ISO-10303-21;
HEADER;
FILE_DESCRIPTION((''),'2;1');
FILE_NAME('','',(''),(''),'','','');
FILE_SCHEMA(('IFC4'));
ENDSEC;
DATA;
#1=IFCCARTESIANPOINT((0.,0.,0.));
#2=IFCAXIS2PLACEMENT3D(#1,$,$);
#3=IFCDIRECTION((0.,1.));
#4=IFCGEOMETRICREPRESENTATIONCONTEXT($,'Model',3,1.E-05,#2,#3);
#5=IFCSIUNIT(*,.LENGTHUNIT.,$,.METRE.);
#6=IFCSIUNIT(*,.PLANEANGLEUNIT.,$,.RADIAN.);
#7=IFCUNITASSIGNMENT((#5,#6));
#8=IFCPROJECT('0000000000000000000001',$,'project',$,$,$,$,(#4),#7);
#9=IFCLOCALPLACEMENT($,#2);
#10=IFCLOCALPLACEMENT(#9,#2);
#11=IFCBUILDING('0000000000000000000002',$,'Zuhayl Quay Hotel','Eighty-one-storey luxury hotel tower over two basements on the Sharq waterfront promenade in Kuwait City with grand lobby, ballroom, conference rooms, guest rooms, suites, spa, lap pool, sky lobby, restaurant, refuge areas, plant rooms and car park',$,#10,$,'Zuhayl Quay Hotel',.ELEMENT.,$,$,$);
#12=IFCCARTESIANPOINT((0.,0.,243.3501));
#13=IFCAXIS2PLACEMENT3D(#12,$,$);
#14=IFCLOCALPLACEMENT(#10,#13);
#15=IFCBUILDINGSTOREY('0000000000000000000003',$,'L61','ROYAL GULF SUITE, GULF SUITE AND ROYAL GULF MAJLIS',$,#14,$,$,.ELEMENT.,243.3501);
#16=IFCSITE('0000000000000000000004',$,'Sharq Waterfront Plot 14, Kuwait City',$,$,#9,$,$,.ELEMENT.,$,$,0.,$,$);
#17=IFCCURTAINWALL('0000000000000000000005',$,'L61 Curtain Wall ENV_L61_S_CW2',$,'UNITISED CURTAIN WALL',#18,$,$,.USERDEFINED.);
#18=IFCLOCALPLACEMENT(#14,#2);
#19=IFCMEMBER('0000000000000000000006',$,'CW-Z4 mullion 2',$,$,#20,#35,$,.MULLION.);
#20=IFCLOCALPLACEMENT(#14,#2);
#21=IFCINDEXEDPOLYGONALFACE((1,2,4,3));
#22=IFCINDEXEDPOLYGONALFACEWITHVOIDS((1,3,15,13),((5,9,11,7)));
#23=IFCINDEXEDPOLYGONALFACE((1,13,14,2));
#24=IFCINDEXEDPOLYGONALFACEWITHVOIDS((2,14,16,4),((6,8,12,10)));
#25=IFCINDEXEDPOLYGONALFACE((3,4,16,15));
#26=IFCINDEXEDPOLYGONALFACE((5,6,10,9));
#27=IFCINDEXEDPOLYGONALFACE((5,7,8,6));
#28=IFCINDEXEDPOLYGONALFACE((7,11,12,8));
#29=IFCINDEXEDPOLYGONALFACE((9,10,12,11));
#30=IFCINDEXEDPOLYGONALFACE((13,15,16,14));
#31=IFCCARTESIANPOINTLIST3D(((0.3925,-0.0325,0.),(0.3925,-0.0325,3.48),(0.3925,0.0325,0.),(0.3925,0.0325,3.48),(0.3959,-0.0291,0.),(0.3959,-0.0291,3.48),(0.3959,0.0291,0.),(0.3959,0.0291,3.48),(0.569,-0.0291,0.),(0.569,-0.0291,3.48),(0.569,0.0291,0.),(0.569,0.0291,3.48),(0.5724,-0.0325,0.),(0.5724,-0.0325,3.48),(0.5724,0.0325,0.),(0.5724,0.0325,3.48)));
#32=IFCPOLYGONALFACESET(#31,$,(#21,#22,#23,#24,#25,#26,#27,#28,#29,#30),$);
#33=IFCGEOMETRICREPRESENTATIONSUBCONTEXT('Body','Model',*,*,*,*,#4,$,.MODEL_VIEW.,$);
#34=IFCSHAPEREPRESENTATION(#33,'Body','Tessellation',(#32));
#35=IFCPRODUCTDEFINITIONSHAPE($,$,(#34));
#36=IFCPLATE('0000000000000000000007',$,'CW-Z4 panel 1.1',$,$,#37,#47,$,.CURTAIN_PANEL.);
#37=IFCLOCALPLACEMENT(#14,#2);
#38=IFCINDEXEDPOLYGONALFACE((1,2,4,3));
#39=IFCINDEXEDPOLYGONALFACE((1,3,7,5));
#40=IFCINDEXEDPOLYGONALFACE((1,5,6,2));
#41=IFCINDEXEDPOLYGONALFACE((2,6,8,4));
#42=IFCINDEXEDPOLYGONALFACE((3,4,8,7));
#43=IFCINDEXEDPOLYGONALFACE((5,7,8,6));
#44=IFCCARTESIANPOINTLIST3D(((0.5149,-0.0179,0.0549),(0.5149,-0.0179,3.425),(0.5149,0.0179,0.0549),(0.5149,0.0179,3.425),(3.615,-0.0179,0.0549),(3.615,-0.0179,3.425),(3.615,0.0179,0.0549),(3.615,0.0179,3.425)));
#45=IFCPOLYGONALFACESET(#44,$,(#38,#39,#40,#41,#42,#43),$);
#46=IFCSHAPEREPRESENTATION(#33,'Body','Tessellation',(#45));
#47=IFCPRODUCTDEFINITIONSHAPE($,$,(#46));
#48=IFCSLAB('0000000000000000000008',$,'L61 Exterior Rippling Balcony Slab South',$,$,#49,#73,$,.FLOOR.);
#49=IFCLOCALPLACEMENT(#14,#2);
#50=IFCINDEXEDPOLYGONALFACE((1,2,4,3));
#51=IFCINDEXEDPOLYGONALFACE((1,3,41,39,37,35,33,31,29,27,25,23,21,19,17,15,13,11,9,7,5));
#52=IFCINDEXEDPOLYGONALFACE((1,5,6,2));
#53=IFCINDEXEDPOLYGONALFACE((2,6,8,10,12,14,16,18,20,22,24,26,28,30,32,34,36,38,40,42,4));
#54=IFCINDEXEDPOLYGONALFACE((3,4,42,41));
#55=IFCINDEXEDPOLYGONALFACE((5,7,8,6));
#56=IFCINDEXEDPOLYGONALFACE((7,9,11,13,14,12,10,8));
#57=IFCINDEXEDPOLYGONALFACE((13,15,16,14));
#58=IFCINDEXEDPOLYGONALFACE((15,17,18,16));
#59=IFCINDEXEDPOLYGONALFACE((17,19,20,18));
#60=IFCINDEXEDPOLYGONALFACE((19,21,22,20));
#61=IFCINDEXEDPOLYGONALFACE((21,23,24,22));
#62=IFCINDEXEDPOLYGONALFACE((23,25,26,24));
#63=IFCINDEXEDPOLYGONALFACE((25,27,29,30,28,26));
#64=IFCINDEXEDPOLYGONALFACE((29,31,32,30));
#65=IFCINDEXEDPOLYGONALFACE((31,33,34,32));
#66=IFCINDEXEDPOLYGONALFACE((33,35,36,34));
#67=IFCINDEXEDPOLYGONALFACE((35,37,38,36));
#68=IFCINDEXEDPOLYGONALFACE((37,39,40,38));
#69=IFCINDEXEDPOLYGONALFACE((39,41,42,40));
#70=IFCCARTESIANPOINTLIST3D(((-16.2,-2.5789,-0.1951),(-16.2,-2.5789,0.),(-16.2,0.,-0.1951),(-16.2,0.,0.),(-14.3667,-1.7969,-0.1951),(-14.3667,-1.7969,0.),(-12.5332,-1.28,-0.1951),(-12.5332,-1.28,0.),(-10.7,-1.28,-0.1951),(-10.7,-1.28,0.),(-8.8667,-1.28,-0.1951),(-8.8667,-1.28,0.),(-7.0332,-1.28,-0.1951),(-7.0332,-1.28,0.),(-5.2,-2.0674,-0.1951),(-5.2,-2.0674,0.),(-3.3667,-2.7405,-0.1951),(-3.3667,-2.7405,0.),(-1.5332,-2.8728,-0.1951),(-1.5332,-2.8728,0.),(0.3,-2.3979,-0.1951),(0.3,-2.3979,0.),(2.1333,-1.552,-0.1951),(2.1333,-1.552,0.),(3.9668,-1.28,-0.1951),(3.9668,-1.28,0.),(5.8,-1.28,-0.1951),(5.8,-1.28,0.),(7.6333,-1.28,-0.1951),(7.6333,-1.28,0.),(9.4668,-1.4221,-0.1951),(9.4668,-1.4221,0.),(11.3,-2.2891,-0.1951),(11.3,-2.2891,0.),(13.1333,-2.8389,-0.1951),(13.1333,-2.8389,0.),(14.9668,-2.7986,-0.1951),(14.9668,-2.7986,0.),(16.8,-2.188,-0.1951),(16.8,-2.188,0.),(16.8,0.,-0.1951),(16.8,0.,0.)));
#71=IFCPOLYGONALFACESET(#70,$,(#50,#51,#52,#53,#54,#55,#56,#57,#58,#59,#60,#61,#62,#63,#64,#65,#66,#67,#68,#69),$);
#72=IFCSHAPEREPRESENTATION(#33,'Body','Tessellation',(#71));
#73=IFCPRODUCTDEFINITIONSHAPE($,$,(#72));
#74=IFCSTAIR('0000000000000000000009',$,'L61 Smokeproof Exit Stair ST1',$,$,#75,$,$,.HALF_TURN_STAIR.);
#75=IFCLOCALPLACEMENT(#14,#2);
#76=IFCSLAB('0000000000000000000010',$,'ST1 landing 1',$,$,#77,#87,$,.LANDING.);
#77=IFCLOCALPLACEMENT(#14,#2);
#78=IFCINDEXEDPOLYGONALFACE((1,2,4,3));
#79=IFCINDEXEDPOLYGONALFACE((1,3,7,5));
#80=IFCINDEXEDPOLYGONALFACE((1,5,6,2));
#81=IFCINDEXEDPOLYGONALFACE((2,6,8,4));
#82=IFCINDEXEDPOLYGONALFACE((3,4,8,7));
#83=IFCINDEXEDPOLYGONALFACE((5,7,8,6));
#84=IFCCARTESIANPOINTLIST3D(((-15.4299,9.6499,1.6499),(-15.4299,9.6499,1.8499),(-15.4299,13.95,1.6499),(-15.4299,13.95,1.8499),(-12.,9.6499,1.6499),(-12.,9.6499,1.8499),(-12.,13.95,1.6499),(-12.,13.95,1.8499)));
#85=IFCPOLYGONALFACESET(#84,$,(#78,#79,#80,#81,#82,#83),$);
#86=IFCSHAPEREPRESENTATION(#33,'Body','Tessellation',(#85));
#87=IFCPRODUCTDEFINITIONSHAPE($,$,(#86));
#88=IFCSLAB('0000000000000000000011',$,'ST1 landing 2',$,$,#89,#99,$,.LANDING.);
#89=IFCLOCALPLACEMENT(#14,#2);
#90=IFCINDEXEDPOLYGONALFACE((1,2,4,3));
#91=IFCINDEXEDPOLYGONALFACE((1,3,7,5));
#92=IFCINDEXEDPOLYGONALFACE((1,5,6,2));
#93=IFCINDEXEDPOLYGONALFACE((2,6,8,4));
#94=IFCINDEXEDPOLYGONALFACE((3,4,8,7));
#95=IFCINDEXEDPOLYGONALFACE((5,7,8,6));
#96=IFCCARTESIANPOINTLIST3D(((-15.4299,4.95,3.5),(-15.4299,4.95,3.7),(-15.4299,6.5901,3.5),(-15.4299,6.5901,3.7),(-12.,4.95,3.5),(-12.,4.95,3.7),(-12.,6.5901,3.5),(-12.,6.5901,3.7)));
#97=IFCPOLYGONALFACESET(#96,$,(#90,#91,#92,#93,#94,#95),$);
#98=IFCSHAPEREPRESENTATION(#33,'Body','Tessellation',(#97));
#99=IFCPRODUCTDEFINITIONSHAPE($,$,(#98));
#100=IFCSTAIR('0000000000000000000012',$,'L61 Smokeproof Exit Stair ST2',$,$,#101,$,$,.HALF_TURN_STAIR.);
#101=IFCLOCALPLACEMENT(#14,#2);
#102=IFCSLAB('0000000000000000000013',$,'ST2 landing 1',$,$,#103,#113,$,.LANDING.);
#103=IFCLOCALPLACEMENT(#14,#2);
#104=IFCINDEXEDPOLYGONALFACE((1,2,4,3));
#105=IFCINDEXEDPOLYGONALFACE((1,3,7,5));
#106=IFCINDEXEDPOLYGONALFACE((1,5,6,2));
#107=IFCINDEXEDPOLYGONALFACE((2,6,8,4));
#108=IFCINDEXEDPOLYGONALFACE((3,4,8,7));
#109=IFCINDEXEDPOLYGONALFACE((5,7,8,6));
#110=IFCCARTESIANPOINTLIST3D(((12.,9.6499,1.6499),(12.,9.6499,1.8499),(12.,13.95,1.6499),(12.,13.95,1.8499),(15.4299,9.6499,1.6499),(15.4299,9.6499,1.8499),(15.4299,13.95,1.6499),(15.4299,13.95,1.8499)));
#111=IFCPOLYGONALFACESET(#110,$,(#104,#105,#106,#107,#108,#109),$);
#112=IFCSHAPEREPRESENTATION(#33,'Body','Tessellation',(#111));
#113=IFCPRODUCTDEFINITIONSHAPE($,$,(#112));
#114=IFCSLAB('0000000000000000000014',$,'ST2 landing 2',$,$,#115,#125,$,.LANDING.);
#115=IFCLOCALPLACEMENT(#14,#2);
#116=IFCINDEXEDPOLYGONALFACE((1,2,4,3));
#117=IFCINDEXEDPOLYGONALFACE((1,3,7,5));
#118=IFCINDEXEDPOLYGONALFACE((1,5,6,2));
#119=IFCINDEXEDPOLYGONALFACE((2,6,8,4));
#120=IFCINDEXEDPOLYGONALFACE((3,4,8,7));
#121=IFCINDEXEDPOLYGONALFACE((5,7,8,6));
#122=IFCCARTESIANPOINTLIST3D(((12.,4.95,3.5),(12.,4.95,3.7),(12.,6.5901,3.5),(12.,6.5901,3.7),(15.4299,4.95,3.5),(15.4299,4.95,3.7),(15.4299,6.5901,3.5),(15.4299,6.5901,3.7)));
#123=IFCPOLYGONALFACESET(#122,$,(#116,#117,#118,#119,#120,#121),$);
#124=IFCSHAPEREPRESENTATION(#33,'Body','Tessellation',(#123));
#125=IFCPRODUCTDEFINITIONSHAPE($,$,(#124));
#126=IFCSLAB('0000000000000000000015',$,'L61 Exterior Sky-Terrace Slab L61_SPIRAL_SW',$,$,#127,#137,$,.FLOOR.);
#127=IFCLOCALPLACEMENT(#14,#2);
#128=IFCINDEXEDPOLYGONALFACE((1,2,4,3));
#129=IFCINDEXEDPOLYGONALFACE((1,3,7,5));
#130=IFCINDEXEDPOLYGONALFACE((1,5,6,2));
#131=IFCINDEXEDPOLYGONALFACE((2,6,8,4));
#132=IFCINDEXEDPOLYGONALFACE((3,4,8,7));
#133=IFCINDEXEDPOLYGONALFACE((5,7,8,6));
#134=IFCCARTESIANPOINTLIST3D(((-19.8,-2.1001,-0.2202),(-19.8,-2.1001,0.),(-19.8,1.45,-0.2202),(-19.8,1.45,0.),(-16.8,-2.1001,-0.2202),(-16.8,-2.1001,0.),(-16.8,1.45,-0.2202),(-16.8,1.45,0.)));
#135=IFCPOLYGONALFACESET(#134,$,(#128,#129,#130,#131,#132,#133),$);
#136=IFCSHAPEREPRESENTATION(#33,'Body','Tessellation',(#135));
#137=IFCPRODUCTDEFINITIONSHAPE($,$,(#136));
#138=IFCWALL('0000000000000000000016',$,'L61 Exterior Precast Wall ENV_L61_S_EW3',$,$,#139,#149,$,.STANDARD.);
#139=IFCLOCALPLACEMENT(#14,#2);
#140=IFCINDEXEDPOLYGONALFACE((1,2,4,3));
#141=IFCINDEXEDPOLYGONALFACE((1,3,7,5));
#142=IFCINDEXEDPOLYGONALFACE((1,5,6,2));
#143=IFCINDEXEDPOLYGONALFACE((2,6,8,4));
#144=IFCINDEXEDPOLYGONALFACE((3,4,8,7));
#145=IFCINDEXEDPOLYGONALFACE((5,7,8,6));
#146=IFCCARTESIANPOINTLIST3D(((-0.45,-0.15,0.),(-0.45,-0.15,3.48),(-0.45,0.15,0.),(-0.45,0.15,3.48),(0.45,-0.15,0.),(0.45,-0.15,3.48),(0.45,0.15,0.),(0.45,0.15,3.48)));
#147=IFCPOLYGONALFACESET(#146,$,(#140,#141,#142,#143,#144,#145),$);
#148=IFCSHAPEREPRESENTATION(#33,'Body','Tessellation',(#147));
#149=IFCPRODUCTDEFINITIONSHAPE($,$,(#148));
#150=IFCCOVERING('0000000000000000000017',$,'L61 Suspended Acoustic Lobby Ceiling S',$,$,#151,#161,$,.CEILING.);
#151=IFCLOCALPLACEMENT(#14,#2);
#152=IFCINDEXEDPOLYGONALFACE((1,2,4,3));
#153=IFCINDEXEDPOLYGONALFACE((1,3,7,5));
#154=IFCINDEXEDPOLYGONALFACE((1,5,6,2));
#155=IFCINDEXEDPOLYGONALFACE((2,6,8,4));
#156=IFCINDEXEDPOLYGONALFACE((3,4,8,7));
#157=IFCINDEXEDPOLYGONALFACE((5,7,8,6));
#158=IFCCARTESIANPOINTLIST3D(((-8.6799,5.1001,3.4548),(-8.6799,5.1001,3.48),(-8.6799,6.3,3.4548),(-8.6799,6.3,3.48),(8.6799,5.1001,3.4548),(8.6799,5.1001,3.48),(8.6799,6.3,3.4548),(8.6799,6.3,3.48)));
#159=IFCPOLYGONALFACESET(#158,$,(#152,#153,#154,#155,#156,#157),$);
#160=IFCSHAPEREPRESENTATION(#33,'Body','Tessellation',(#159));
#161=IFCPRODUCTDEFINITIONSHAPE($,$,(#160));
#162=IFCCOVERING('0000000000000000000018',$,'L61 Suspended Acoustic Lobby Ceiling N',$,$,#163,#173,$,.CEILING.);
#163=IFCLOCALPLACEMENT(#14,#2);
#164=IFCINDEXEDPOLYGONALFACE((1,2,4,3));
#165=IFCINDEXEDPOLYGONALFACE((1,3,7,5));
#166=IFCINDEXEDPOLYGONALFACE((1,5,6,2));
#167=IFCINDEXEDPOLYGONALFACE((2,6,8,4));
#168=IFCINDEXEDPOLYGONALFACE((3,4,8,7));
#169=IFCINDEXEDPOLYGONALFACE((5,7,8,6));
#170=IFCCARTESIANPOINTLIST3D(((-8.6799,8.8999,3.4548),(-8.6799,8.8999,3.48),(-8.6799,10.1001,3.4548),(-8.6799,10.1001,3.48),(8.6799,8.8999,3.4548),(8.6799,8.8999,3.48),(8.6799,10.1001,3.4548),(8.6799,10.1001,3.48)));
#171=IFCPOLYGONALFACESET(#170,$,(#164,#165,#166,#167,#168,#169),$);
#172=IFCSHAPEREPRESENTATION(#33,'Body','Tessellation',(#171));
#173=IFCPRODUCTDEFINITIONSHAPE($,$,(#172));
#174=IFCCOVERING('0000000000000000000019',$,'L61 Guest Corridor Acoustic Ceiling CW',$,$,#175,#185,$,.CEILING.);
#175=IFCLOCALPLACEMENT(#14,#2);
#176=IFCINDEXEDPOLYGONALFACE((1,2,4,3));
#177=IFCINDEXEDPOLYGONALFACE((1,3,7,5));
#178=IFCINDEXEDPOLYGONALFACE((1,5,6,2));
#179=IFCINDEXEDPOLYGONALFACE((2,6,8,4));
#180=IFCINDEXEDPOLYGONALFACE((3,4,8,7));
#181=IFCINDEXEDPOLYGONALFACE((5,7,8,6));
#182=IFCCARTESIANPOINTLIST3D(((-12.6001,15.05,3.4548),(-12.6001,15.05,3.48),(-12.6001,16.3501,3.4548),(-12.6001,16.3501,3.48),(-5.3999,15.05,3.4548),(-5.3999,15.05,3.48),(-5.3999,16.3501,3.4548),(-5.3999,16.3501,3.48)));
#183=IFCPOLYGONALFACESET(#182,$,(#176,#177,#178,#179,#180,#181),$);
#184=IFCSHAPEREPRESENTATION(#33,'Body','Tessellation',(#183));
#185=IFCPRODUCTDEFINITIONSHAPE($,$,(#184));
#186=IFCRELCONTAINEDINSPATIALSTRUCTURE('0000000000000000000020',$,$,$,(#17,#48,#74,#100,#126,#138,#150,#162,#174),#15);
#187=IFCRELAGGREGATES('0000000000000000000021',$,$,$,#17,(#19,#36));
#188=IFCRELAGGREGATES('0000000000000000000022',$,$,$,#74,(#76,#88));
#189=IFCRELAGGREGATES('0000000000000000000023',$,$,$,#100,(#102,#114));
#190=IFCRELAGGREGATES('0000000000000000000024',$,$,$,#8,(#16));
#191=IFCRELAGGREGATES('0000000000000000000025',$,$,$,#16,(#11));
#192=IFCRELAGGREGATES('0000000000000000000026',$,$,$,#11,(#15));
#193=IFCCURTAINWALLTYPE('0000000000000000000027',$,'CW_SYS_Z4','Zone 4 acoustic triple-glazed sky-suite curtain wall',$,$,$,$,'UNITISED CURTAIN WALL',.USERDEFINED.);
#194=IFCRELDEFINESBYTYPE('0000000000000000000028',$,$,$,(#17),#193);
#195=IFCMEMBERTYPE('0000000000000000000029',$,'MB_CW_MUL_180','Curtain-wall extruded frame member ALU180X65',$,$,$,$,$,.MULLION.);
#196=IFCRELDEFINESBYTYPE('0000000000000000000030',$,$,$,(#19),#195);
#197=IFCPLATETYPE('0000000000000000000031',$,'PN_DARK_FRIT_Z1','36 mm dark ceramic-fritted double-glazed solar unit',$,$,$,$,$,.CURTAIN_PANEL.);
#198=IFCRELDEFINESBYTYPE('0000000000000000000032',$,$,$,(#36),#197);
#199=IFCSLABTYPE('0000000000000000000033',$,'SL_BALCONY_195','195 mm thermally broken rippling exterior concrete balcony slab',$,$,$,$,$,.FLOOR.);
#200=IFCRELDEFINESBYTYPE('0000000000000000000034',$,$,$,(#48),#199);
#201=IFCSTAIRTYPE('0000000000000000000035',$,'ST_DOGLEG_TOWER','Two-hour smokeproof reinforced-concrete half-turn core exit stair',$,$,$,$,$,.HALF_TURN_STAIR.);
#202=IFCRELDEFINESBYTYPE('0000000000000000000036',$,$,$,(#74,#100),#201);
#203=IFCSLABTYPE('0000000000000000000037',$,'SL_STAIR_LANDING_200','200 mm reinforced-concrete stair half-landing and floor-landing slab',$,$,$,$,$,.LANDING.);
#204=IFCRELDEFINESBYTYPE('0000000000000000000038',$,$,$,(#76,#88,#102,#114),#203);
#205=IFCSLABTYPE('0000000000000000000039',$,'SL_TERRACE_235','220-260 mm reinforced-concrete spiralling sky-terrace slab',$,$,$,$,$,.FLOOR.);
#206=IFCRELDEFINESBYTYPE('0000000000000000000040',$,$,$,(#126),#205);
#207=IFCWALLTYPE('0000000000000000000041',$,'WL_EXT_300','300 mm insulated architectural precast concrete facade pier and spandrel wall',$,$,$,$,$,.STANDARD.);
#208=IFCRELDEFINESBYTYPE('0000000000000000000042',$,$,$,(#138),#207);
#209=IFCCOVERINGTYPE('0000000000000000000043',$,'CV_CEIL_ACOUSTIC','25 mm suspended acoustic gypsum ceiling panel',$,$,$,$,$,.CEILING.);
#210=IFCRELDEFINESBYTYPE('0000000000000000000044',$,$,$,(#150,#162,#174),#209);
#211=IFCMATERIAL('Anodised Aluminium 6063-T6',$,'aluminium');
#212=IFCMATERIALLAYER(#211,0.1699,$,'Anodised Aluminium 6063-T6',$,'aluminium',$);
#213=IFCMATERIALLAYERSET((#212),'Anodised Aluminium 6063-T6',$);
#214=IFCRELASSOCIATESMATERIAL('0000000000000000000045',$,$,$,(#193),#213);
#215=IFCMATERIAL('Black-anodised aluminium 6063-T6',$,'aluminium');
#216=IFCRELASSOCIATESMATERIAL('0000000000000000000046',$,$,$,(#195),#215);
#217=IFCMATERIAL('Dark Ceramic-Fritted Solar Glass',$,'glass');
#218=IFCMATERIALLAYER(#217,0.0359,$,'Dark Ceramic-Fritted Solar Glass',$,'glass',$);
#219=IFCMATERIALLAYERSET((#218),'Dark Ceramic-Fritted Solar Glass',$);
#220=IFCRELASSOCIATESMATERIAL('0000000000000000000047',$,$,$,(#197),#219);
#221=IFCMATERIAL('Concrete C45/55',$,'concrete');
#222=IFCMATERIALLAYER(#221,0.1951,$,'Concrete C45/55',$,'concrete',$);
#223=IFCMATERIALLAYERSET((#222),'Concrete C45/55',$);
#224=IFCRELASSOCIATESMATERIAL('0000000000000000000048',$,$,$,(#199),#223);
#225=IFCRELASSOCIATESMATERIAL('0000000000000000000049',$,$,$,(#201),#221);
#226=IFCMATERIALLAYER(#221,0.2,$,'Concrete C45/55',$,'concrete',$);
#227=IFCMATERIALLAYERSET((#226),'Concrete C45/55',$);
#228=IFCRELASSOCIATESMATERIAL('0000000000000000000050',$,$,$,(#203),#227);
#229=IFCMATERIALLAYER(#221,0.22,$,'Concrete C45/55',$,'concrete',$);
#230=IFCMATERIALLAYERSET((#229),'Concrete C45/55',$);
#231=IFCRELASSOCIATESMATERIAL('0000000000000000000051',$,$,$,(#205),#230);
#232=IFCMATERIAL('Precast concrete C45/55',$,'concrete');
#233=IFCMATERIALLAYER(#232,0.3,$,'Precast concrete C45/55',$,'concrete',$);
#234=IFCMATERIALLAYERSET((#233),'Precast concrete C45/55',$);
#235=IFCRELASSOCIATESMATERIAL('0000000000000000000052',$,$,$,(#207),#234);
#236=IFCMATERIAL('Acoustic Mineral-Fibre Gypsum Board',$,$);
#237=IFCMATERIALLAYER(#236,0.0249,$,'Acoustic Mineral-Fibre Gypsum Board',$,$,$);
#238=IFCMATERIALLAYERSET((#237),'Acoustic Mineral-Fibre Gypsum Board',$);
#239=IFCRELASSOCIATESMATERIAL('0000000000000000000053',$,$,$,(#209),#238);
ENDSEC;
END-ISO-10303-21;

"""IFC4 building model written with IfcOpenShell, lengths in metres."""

from ifc_helpers import new_model, si_unit, direction, frame, frame_2d, origin, origin_2d, place, context, subcontext, project, spatial, polyline, rectangle, hollow_rectangle, outline, extrude, material, layer, layer_set, material_profile, profile_set, type_object, element, aggregate, save


model = new_model("IFC4")

# Units and contexts
model_context = context("Model", 3, precision=1e-05, world=origin(), true_north=direction((0.0, 1.0)))
body_context = subcontext(model_context, "Body", "Model", "MODEL_VIEW")
ifc_project = project(units=[si_unit("LENGTHUNIT", "METRE"), si_unit("PLANEANGLEUNIT", "RADIAN")], contexts=[model_context])

# Site, building, storey
site_placement = place(None, origin())
site = spatial("IfcSite", under=ifc_project, at=site_placement, Name="Sharq Waterfront Plot 14, Kuwait City", CompositionType="ELEMENT", RefElevation=0.0)
building_placement = place(site_placement, origin())
building = spatial("IfcBuilding", under=site, at=building_placement, Name="Zuhayl Quay Hotel", Description="Eighty-one-storey luxury hotel tower over two basements on the Sharq waterfront promenade in Kuwait City with grand lobby, ballroom, conference rooms, guest rooms, suites, spa, lap pool, sky lobby, restaurant, refuge areas, plant rooms and car park", LongName="Zuhayl Quay Hotel", CompositionType="ELEMENT")
storey_placement = place(building_placement, frame((0.0, 0.0, 243.3501)))
storey = spatial("IfcBuildingStorey", under=building, at=storey_placement, Name="L61", Description="ROYAL GULF SUITE, GULF SUITE AND ROYAL GULF MAJLIS", CompositionType="ELEMENT", Elevation=243.3501)

# Curtain wall, member, plate
ifc_material_1 = material(Name="Anodised Aluminium 6063-T6", Category="aluminium")
ifc_layer_1 = layer(ifc_material_1, 0.1699, Name="Anodised Aluminium 6063-T6", Category="aluminium")
ifc_layer_set_1 = layer_set([ifc_layer_1], Name="Anodised Aluminium 6063-T6")
curtain_wall_type = type_object("IfcCurtainWallType", Name="CW_SYS_Z4", Description="Zone 4 acoustic triple-glazed sky-suite curtain wall", ElementType="UNITISED CURTAIN WALL", PredefinedType="USERDEFINED", material=ifc_layer_set_1)
curtain_wall_placement = place(storey_placement, origin())
curtain_wall = element("IfcCurtainWall", 1, at=curtain_wall_placement, inside=storey, type_object=curtain_wall_type, Name="L61 Curtain Wall ENV_L61_S_CW2", ObjectType="UNITISED CURTAIN WALL", PredefinedType="USERDEFINED")
ifc_material_2 = material(Name="Black-anodised aluminium 6063-T6", Category="aluminium")
ifc_material_profile = material_profile(ifc_material_2, hollow_rectangle(XDim=0.0649, YDim=0.1799, WallThickness=0.0034, at=origin_2d()), Name="ALU180X65")
ifc_profile_set = profile_set([ifc_material_profile], Name="Black-anodised aluminium 6063-T6")
member_type = type_object("IfcMemberType", Name="MB_CW_MUL_180", Description="Curtain-wall extruded frame member ALU180X65", PredefinedType="MULLION", material=ifc_profile_set)
member_placement = place(storey_placement, frame((0.4824, 0.0, 0.0), z_axis=(0.0, 0.0, 1.0), x_axis=(0.0, -1.0, 0.0)))
member = element("IfcMember", 2, at=member_placement, type_object=member_type, Name="CW-Z4 mullion 2", PredefinedType="MULLION", context=body_context, shape_type="SweptSolid", body=[
    extrude(hollow_rectangle(XDim=0.0649, YDim=0.1799, WallThickness=0.0034, at=origin_2d()), origin(), (0.0, 0.0, 1.0), 3.48),
])
ifc_material_3 = material(Name="Dark Ceramic-Fritted Solar Glass", Category="glass")
ifc_layer_2 = layer(ifc_material_3, 0.0359, Name="Dark Ceramic-Fritted Solar Glass", Category="glass")
ifc_layer_set_2 = layer_set([ifc_layer_2], Name="Dark Ceramic-Fritted Solar Glass")
plate_type = type_object("IfcPlateType", Name="PN_DARK_FRIT_Z1", Description="36 mm dark ceramic-fritted double-glazed solar unit", PredefinedType="CURTAIN_PANEL", material=ifc_layer_set_2)
plate_placement = place(storey_placement, frame((2.0649, 0.0, 0.0549), z_axis=(0.0, 0.0, 1.0), x_axis=(-1.0, 0.0, 0.0)))
plate = element("IfcPlate", 3, at=plate_placement, type_object=plate_type, Name="CW-Z4 panel 1.1", PredefinedType="CURTAIN_PANEL", context=body_context, shape_type="SweptSolid", body=[
    extrude(rectangle(XDim=3.1001, YDim=0.0359, at=origin_2d()), origin(), (0.0, 0.0, 1.0), 3.3701),
])
aggregate(curtain_wall, [member, plate])

# Slab
ifc_material_4 = material(Name="Concrete C45/55", Category="concrete")
ifc_layer_3 = layer(ifc_material_4, 0.1951, Name="Concrete C45/55", Category="concrete")
ifc_layer_set_3 = layer_set([ifc_layer_3], Name="Concrete C45/55")
slab_type_1 = type_object("IfcSlabType", Name="SL_BALCONY_195", Description="195 mm thermally broken rippling exterior concrete balcony slab", PredefinedType="FLOOR", material=ifc_layer_set_3)
slab_1_placement = place(storey_placement, frame((0.0, 0.0, -0.1951)))
element("IfcSlab", 4, at=slab_1_placement, inside=storey, type_object=slab_type_1, Name="L61 Exterior Rippling Balcony Slab South", PredefinedType="FLOOR", context=body_context, shape_type="SweptSolid", body=[
    extrude(outline(polyline([(-16.2, -2.5789), (-14.3667, -1.7969), (-12.5332, -1.28), (-10.7, -1.28), (-8.8667, -1.28), (-7.0332, -1.28), (-5.2, -2.0674), (-3.3667, -2.7405), (-1.5332, -2.8728), (0.3, -2.3979), (2.1333, -1.552), (3.9668, -1.28), (5.8, -1.28), (7.6333, -1.28), (9.4668, -1.4221), (11.3, -2.2891), (13.1333, -2.8389), (14.9668, -2.7986), (16.8, -2.188), (16.8, 0.0), (-16.2, 0.0), (-16.2, -2.5789)])), origin(), (0.0, 0.0, 1.0), 0.1951),
])

# Stairs, slabs
stair_type = type_object("IfcStairType", Name="ST_DOGLEG_TOWER", Description="Two-hour smokeproof reinforced-concrete half-turn core exit stair", PredefinedType="HALF_TURN_STAIR", material=ifc_material_4)
stair_1_placement = place(storey_placement, origin())
stair_1 = element("IfcStair", 5, at=stair_1_placement, inside=storey, type_object=stair_type, Name="L61 Smokeproof Exit Stair ST1", PredefinedType="HALF_TURN_STAIR")
ifc_layer_4 = layer(ifc_material_4, 0.2, Name="Concrete C45/55", Category="concrete")
ifc_layer_set_4 = layer_set([ifc_layer_4], Name="Concrete C45/55")
slab_type_2 = type_object("IfcSlabType", Name="SL_STAIR_LANDING_200", Description="200 mm reinforced-concrete stair half-landing and floor-landing slab", PredefinedType="LANDING", material=ifc_layer_set_4)
slab_2_placement = place(storey_placement, frame((0.0, 0.0, 1.6499)))
slab_2 = element("IfcSlab", 6, at=slab_2_placement, type_object=slab_type_2, Name="ST1 landing 1", PredefinedType="LANDING", context=body_context, shape_type="SweptSolid", body=[
    extrude(outline(polyline([(-12.0, 9.6499), (-12.0, 13.95), (-15.4299, 13.95), (-15.4299, 9.6499), (-12.0, 9.6499)])), origin(), (0.0, 0.0, 1.0), 0.2),
])
slab_3_placement = place(storey_placement, frame((0.0, 0.0, 3.5)))
slab_3 = element("IfcSlab", 7, at=slab_3_placement, type_object=slab_type_2, Name="ST1 landing 2", PredefinedType="LANDING", context=body_context, shape_type="SweptSolid", body=[
    extrude(outline(polyline([(-12.0, 4.95), (-12.0, 6.5901), (-15.4299, 6.5901), (-15.4299, 4.95), (-12.0, 4.95)])), origin(), (0.0, 0.0, 1.0), 0.2),
])
aggregate(stair_1, [slab_2, slab_3])
stair_2_placement = place(storey_placement, origin())
stair_2 = element("IfcStair", 8, at=stair_2_placement, inside=storey, type_object=stair_type, Name="L61 Smokeproof Exit Stair ST2", PredefinedType="HALF_TURN_STAIR")
slab_4_placement = place(storey_placement, frame((0.0, 0.0, 1.6499)))
slab_4 = element("IfcSlab", 9, at=slab_4_placement, type_object=slab_type_2, Name="ST2 landing 1", PredefinedType="LANDING", context=body_context, shape_type="SweptSolid", body=[
    extrude(outline(polyline([(15.4299, 9.6499), (15.4299, 13.95), (12.0, 13.95), (12.0, 9.6499), (15.4299, 9.6499)])), origin(), (0.0, 0.0, 1.0), 0.2),
])
slab_5_placement = place(storey_placement, frame((0.0, 0.0, 3.5)))
slab_5 = element("IfcSlab", 10, at=slab_5_placement, type_object=slab_type_2, Name="ST2 landing 2", PredefinedType="LANDING", context=body_context, shape_type="SweptSolid", body=[
    extrude(outline(polyline([(15.4299, 4.95), (15.4299, 6.5901), (12.0, 6.5901), (12.0, 4.95), (15.4299, 4.95)])), origin(), (0.0, 0.0, 1.0), 0.2),
])
aggregate(stair_2, [slab_4, slab_5])

# Slab
ifc_layer_5 = layer(ifc_material_4, 0.22, Name="Concrete C45/55", Category="concrete")
ifc_layer_set_5 = layer_set([ifc_layer_5], Name="Concrete C45/55")
slab_type_3 = type_object("IfcSlabType", Name="SL_TERRACE_235", Description="220-260 mm reinforced-concrete spiralling sky-terrace slab", PredefinedType="FLOOR", material=ifc_layer_set_5)
slab_6_placement = place(storey_placement, frame((0.0, 0.0, -0.2202)))
element("IfcSlab", 11, at=slab_6_placement, inside=storey, type_object=slab_type_3, Name="L61 Exterior Sky-Terrace Slab L61_SPIRAL_SW", PredefinedType="FLOOR", context=body_context, shape_type="SweptSolid", body=[
    extrude(outline(polyline([(-19.8, -2.1001), (-16.8, -2.1001), (-16.8, 1.45), (-19.8, 1.45), (-19.8, -2.1001)])), origin(), (0.0, 0.0, 1.0), 0.2202),
])

# Wall
ifc_material_5 = material(Name="Precast concrete C45/55", Category="concrete")
ifc_layer_6 = layer(ifc_material_5, 0.3, Name="Precast concrete C45/55", Category="concrete")
ifc_layer_set_6 = layer_set([ifc_layer_6], Name="Precast concrete C45/55")
wall_type = type_object("IfcWallType", Name="WL_EXT_300", Description="300 mm insulated architectural precast concrete facade pier and spandrel wall", PredefinedType="STANDARD", material=ifc_layer_set_6)
wall_placement = place(storey_placement, frame((0.45, 0.0, 0.0), z_axis=(0.0, 0.0, 1.0), x_axis=(-1.0, 0.0, 0.0)))
element("IfcWall", 12, at=wall_placement, inside=storey, type_object=wall_type, Name="L61 Exterior Precast Wall ENV_L61_S_EW3", PredefinedType="STANDARD", context=body_context, shape_type="SweptSolid", body=[
    extrude(rectangle(XDim=0.8999, YDim=0.3, at=frame_2d((0.45, 0.0))), origin(), (0.0, 0.0, 1.0), 3.48),
])

# Coverings
ifc_material_6 = material(Name="Acoustic Mineral-Fibre Gypsum Board")
ifc_layer_7 = layer(ifc_material_6, 0.0249, Name="Acoustic Mineral-Fibre Gypsum Board")
ifc_layer_set_7 = layer_set([ifc_layer_7], Name="Acoustic Mineral-Fibre Gypsum Board")
covering_type_1 = type_object("IfcCoveringType", Name="CV_CEIL_ACOUSTIC", Description="25 mm suspended acoustic gypsum ceiling panel", PredefinedType="CEILING", material=ifc_layer_set_7)
covering_1_placement = place(storey_placement, frame((0.0, 0.0, 3.4548)))
element("IfcCovering", 13, at=covering_1_placement, inside=storey, type_object=covering_type_1, Name="L61 Suspended Acoustic Lobby Ceiling S", PredefinedType="CEILING", context=body_context, shape_type="SweptSolid", body=[
    extrude(outline(polyline([(-8.6799, 5.1001), (8.6799, 5.1001), (8.6799, 6.3), (-8.6799, 6.3), (-8.6799, 5.1001)])), origin(), (0.0, 0.0, 1.0), 0.0251),
])
covering_2_placement = place(storey_placement, frame((0.0, 0.0, 3.4548)))
element("IfcCovering", 14, at=covering_2_placement, inside=storey, type_object=covering_type_1, Name="L61 Suspended Acoustic Lobby Ceiling N", PredefinedType="CEILING", context=body_context, shape_type="SweptSolid", body=[
    extrude(outline(polyline([(-8.6799, 8.8999), (8.6799, 8.8999), (8.6799, 10.1001), (-8.6799, 10.1001), (-8.6799, 8.8999)])), origin(), (0.0, 0.0, 1.0), 0.0251),
])
covering_3_placement = place(storey_placement, frame((0.0, 0.0, 3.4548)))
element("IfcCovering", 15, at=covering_3_placement, inside=storey, type_object=covering_type_1, Name="L61 Guest Corridor Acoustic Ceiling CW", PredefinedType="CEILING", context=body_context, shape_type="SweptSolid", body=[
    extrude(outline(polyline([(-12.6001, 15.05), (-5.3999, 15.05), (-5.3999, 16.3501), (-12.6001, 16.3501), (-12.6001, 15.05)])), origin(), (0.0, 0.0, 1.0), 0.0251),
])

save(model, "model.ifc")
